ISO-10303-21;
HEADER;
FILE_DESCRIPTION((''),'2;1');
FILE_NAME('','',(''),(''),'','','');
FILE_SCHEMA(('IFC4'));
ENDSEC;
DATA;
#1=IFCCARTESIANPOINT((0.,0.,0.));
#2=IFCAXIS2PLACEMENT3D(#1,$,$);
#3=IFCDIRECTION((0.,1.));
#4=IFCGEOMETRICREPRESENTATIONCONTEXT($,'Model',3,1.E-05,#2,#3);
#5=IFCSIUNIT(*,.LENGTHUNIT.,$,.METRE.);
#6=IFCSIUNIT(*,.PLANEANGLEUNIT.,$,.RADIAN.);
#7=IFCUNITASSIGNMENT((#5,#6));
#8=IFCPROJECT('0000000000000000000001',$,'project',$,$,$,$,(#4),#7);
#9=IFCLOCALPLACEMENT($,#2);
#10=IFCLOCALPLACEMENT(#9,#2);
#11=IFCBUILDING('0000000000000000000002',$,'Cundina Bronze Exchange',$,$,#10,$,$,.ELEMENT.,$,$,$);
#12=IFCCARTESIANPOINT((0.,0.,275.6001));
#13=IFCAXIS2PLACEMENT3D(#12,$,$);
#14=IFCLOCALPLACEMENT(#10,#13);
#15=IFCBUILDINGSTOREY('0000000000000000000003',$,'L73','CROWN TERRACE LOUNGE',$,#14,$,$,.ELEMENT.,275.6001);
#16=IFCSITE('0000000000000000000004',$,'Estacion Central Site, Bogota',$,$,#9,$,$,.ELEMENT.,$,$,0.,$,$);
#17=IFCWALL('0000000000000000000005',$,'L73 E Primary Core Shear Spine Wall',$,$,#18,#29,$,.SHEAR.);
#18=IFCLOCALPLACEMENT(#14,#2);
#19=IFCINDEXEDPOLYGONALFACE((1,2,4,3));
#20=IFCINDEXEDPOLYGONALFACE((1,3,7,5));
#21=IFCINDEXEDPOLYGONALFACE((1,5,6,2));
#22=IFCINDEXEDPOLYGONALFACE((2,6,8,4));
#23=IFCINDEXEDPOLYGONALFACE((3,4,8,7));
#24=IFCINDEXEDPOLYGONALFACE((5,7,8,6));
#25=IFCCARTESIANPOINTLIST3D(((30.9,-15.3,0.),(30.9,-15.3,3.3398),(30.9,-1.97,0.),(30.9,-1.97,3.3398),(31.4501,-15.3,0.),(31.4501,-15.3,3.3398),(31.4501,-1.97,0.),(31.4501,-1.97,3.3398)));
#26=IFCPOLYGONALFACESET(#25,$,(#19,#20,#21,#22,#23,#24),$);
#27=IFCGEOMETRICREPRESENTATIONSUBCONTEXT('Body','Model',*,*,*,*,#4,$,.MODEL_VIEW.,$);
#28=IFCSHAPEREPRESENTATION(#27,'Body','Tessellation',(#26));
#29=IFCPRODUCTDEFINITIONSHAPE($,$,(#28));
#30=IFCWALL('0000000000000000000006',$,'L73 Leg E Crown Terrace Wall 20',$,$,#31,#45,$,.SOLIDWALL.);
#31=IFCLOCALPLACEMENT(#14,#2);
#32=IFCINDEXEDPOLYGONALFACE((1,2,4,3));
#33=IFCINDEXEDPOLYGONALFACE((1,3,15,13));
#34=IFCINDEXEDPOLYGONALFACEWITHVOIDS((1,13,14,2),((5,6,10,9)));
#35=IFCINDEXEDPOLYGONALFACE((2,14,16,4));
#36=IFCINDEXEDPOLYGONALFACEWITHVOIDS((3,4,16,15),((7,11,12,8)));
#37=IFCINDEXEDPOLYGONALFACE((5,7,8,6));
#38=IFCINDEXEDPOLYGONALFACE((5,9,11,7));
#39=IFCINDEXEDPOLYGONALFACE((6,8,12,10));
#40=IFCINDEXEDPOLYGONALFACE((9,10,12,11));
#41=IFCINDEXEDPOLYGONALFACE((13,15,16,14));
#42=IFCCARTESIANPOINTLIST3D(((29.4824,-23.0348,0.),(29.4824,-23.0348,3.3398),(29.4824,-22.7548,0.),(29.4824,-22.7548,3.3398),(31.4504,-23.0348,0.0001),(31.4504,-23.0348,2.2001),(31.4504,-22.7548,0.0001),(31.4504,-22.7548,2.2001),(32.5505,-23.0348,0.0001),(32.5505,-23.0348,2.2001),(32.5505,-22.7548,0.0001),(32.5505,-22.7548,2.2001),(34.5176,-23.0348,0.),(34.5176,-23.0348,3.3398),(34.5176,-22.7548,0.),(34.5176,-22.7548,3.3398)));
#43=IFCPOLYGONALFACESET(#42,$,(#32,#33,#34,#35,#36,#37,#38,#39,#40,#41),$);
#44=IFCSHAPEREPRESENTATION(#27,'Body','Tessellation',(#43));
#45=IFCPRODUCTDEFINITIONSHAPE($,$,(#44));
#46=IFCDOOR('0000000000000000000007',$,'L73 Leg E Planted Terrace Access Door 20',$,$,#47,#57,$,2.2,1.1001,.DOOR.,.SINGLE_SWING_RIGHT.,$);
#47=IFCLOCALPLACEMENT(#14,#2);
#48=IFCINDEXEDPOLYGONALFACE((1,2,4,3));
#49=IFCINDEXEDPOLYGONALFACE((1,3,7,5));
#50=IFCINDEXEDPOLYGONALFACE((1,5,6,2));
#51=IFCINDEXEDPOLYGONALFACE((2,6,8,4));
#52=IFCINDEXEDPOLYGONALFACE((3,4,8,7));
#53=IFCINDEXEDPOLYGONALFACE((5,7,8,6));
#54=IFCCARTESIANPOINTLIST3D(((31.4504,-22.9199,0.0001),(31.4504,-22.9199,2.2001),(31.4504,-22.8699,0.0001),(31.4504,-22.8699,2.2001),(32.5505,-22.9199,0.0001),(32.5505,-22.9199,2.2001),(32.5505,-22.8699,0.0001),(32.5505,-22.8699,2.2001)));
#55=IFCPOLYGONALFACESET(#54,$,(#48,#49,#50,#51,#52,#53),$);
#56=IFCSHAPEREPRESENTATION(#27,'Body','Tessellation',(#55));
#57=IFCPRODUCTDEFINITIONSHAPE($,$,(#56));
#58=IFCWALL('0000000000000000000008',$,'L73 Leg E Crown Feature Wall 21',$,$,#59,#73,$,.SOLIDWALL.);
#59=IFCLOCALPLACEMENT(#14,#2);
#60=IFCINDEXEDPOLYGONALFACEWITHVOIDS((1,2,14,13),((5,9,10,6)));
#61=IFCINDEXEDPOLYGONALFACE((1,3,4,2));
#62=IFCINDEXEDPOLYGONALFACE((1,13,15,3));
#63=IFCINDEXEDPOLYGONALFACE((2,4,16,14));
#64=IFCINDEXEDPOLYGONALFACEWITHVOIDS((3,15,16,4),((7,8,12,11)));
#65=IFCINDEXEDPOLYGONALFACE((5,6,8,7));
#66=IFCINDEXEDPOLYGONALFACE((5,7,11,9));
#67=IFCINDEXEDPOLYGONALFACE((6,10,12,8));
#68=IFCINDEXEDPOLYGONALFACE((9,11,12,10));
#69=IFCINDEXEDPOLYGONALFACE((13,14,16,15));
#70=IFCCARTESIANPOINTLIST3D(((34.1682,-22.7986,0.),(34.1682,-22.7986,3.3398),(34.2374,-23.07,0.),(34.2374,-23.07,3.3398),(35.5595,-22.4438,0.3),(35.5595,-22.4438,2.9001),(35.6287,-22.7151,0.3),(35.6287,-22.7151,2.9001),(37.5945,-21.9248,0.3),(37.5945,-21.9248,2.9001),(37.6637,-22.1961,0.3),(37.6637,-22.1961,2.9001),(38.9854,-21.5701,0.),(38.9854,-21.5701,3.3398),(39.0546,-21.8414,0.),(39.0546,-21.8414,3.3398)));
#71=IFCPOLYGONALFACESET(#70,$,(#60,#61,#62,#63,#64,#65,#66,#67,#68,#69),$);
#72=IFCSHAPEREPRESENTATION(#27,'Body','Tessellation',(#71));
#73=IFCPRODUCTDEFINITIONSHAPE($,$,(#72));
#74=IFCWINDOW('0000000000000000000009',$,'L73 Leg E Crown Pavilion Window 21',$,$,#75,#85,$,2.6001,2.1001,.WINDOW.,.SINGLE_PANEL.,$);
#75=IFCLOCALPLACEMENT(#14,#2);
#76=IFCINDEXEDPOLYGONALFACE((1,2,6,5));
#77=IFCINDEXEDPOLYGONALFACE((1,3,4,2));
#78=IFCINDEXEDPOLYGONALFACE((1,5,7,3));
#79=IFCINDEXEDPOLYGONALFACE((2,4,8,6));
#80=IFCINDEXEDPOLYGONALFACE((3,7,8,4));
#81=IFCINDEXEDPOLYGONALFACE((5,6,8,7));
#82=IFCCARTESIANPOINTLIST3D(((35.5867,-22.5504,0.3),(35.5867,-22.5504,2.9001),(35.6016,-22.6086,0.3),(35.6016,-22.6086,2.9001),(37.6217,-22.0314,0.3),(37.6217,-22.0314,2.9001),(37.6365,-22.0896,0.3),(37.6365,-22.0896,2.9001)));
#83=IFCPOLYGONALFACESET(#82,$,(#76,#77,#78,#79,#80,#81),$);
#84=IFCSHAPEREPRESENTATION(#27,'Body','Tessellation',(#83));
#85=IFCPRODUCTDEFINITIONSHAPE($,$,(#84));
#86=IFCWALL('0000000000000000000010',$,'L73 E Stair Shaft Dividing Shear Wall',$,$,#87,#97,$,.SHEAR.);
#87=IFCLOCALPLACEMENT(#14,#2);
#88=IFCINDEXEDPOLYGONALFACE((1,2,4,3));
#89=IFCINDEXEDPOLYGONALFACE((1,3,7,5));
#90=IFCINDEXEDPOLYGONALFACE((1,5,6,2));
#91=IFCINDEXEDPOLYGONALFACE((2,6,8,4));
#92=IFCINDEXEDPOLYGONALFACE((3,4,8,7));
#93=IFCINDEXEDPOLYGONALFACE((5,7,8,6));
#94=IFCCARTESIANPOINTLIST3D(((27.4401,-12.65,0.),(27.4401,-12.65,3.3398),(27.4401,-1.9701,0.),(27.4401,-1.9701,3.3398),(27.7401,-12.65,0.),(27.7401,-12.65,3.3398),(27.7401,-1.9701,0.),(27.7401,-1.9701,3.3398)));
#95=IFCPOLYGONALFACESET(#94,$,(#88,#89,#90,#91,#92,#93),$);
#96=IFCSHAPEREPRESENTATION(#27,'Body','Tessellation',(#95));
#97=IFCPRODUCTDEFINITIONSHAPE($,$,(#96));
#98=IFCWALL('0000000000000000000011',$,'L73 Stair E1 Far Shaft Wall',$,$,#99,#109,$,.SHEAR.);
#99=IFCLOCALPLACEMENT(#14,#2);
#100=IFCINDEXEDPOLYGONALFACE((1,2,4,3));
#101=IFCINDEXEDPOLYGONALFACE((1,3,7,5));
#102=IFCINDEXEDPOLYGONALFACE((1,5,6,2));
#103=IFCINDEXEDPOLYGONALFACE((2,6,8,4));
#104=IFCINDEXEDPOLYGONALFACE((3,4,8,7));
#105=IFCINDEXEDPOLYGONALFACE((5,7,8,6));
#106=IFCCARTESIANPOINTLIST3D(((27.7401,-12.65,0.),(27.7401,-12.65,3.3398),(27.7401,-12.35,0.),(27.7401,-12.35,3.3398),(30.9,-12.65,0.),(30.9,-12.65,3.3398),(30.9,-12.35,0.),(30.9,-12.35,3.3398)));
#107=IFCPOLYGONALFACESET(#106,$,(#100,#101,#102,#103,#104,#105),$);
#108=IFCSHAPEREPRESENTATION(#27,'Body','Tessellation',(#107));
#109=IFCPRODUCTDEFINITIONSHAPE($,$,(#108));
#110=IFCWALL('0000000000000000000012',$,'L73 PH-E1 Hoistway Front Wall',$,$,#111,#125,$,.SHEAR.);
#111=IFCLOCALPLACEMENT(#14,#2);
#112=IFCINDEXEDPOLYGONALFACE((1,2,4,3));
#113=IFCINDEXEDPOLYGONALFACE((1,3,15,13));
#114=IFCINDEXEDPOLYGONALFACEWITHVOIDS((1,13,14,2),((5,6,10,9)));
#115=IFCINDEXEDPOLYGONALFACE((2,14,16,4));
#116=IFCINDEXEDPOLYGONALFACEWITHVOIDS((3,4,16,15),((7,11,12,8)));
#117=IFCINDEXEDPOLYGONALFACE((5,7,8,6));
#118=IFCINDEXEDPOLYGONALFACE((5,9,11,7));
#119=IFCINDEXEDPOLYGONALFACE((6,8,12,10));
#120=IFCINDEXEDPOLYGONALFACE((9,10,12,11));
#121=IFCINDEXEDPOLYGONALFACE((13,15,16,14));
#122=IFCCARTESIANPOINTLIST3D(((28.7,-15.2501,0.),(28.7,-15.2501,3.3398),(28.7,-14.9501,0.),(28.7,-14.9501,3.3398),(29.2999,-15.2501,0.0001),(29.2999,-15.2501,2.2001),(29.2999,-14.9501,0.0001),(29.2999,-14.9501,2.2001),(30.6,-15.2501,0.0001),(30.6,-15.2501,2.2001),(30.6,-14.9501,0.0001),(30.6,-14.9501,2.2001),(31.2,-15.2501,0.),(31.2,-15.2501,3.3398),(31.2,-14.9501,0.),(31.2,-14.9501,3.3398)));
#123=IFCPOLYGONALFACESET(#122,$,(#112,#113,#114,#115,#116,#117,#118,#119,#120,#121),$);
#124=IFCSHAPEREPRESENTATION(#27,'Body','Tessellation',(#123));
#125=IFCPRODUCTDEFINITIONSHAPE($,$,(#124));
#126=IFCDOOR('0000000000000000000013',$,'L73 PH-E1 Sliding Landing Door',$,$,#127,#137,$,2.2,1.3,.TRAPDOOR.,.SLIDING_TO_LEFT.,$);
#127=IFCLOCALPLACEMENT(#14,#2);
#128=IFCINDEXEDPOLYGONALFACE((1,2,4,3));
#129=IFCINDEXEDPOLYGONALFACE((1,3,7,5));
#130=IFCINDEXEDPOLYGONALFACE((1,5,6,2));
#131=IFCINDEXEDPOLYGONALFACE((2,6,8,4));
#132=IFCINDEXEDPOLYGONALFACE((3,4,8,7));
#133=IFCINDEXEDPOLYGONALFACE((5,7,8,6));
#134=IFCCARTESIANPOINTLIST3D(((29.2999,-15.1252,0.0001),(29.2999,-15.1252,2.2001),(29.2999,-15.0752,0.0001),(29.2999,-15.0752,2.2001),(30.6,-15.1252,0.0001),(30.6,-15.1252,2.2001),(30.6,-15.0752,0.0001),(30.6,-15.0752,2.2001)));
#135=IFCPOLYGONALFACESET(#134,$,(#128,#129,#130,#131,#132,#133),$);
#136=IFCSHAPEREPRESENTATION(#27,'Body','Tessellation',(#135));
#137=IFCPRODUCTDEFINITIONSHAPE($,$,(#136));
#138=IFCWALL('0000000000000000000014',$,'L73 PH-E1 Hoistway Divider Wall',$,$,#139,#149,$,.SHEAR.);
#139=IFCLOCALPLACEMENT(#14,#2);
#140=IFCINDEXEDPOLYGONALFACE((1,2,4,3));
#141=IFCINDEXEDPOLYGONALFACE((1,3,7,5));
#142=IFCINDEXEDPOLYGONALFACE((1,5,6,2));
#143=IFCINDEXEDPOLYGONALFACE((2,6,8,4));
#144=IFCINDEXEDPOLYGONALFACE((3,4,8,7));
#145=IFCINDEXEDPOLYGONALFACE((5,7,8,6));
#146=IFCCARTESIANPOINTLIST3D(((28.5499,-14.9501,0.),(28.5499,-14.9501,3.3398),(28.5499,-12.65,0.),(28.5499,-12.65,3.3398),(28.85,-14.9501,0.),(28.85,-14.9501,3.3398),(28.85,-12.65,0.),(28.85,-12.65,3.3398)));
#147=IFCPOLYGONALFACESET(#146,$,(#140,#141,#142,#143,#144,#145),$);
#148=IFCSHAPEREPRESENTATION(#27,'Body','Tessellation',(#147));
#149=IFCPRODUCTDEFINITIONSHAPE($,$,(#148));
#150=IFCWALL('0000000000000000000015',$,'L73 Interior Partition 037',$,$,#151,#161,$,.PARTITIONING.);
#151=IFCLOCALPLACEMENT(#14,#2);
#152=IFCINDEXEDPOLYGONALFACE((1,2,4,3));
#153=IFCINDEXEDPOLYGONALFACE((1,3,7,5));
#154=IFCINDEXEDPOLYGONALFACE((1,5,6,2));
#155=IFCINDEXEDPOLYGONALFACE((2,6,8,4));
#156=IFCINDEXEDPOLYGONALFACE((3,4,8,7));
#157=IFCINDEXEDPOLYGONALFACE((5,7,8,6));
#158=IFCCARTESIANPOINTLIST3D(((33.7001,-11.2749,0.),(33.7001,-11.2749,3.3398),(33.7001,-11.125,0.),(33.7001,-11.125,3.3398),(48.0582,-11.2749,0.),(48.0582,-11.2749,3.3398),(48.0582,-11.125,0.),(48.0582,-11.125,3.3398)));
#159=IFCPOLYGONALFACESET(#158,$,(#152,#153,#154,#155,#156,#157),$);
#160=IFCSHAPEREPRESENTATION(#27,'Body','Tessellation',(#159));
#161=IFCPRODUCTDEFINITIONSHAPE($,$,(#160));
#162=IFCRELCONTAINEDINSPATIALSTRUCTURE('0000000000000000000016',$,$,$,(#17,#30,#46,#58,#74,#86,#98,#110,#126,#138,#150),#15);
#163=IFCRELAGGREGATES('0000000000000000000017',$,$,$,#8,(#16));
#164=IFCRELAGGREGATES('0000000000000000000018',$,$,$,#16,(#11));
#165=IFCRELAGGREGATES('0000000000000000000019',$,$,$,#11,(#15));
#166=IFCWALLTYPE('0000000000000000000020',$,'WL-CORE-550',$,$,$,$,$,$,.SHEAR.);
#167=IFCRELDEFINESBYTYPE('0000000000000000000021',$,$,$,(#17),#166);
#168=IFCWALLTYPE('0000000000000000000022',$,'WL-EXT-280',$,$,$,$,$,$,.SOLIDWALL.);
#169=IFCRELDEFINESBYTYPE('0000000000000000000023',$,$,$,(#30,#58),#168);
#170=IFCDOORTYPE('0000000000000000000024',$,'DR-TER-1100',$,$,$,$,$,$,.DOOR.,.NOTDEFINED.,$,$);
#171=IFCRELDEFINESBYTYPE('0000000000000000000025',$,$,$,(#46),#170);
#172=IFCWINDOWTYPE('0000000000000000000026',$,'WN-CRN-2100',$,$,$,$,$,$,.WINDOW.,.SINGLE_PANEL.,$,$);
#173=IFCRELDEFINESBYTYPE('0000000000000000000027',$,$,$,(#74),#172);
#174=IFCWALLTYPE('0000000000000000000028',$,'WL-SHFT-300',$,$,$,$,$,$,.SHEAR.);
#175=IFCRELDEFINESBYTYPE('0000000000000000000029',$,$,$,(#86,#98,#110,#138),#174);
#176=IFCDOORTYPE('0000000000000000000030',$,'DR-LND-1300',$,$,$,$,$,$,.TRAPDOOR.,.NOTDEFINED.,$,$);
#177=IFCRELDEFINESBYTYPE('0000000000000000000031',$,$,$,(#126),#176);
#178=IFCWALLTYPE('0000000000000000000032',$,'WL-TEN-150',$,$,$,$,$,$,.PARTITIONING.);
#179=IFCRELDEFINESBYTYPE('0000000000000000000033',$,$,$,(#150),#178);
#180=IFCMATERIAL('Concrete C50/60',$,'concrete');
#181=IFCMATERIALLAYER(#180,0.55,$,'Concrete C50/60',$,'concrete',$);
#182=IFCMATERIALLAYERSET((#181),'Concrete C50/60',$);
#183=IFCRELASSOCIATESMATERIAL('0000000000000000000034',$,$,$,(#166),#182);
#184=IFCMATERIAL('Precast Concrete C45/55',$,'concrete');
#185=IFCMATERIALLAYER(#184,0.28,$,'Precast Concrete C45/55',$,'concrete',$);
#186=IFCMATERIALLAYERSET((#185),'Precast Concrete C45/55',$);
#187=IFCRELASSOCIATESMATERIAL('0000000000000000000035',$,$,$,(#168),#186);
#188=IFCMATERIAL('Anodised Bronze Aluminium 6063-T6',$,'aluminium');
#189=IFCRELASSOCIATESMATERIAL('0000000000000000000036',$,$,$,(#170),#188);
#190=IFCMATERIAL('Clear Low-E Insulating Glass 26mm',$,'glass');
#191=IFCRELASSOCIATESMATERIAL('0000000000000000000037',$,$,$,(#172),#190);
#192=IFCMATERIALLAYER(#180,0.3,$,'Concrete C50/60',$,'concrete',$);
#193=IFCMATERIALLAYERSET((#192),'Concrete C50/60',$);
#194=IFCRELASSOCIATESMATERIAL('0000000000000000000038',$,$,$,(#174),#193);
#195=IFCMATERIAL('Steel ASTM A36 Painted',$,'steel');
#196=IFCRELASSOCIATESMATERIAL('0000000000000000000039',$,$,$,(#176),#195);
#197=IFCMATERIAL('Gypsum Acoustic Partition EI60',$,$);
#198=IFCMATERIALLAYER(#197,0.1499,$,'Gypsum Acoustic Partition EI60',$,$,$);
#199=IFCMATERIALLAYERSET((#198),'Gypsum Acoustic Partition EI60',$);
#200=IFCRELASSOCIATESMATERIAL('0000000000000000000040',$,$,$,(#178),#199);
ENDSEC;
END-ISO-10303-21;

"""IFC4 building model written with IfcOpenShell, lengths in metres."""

from ifc_helpers import new_model, si_unit, direction, frame, frame_2d, origin, place, context, subcontext, project, spatial, rectangle, extrude, material, layer, layer_set, type_object, element, fill, save


model = new_model("IFC4")

# Units and contexts
model_context = context("Model", 3, precision=1e-05, world=origin(), true_north=direction((0.0, 1.0)))
body_context = subcontext(model_context, "Body", "Model", "MODEL_VIEW")
ifc_project = project(units=[si_unit("LENGTHUNIT", "METRE"), si_unit("PLANEANGLEUNIT", "RADIAN")], contexts=[model_context])

# Site, building, storey
site_placement = place(None, origin())
site = spatial("IfcSite", under=ifc_project, at=site_placement, Name="Estacion Central Site, Bogota", CompositionType="ELEMENT", RefElevation=0.0)
building_placement = place(site_placement, origin())
building = spatial("IfcBuilding", under=site, at=building_placement, Name="Cundina Bronze Exchange", CompositionType="ELEMENT")
storey_placement = place(building_placement, frame((0.0, 0.0, 275.6001)))
storey = spatial("IfcBuildingStorey", under=building, at=storey_placement, Name="L73", Description="CROWN TERRACE LOUNGE", CompositionType="ELEMENT", Elevation=275.6001)

# Shared definitions
ifc_material_1 = material(Name="Anodised Bronze Aluminium 6063-T6", Category="aluminium")

# Wall
ifc_material_2 = material(Name="Concrete C50/60", Category="concrete")
ifc_layer_1 = layer(ifc_material_2, 0.55, Name="Concrete C50/60", Category="concrete")
ifc_layer_set_1 = layer_set([ifc_layer_1], Name="Concrete C50/60")
wall_type_1 = type_object("IfcWallType", Name="WL-CORE-550", PredefinedType="SHEAR", material=ifc_layer_set_1)
wall_1_placement = place(storey_placement, frame((31.175, -15.3, 0.0), z_axis=(0.0, 0.0, 1.0), x_axis=(0.0, 1.0, 0.0)))
element("IfcWall", 1, at=wall_1_placement, inside=storey, type_object=wall_type_1, Name="L73 E Primary Core Shear Spine Wall", PredefinedType="SHEAR", context=body_context, shape_type="SweptSolid", body=[
    extrude(rectangle(XDim=13.3301, YDim=0.55, at=frame_2d((6.665, 0.0))), origin(), (0.0, 0.0, 1.0), 3.3398),
])

# Wall, opening, door
ifc_material_3 = material(Name="Precast Concrete C45/55", Category="concrete")
ifc_layer_2 = layer(ifc_material_3, 0.28, Name="Precast Concrete C45/55", Category="concrete")
ifc_layer_set_2 = layer_set([ifc_layer_2], Name="Precast Concrete C45/55")
wall_type_2 = type_object("IfcWallType", Name="WL-EXT-280", PredefinedType="SOLIDWALL", material=ifc_layer_set_2)
wall_2_placement = place(storey_placement, frame((29.4824, -22.8948, 0.0), z_axis=(0.0, 0.0, 1.0), x_axis=(1.0, 0.0, 0.0)))
wall_2 = element("IfcWall", 2, at=wall_2_placement, inside=storey, type_object=wall_type_2, Name="L73 Leg E Crown Terrace Wall 20", PredefinedType="SOLIDWALL", context=body_context, shape_type="SweptSolid", body=[
    extrude(rectangle(XDim=5.0352, YDim=0.28, at=frame_2d((2.5176, 0.0))), origin(), (0.0, 0.0, 1.0), 3.3398),
])
opening_1_placement = place(wall_2_placement, frame((1.968, 0.0, 0.0)))
opening_1 = element("IfcOpeningElement", 3, at=opening_1_placement, cuts=wall_2, PredefinedType="OPENING", context=body_context, shape_type="SweptSolid", body=[
    extrude(rectangle(XDim=1.1001, YDim=2.2, at=frame_2d((0.55, 1.1001))), frame((0.0, 0.1499, 0.0), z_axis=(0.0, -1.0, 0.0), x_axis=(1.0, 0.0, 0.0)), (0.0, 0.0, 1.0), 0.3),
])
door_type_1 = type_object("IfcDoorType", Name="DR-TER-1100", OperationType="NOTDEFINED", PredefinedType="DOOR", material=ifc_material_1)
door_1_placement = place(opening_1_placement, origin())
door_1 = element("IfcDoor", 4, at=door_1_placement, inside=storey, type_object=door_type_1, Name="L73 Leg E Planted Terrace Access Door 20", OperationType="SINGLE_SWING_RIGHT", OverallHeight=2.2, OverallWidth=1.1001, PredefinedType="DOOR", context=body_context, shape_type="SweptSolid", body=[
    extrude(rectangle(XDim=1.1001, YDim=2.2, at=frame_2d((0.55, 1.1001))), frame((0.0, 0.0249, 0.0), z_axis=(0.0, -1.0, 0.0), x_axis=(1.0, 0.0, 0.0)), (0.0, 0.0, 1.0), 0.05),
])
fill(opening_1, door_1)

# Wall, opening, window
wall_3_placement = place(storey_placement, frame((34.2026, -22.9343, 0.0), z_axis=(0.0, 0.0, 1.0), x_axis=(0.968985, 0.24712, 0.0)))
wall_3 = element("IfcWall", 5, at=wall_3_placement, inside=storey, type_object=wall_type_2, Name="L73 Leg E Crown Feature Wall 21", PredefinedType="SOLIDWALL", context=body_context, shape_type="SweptSolid", body=[
    extrude(rectangle(XDim=4.9714, YDim=0.28, at=frame_2d((2.4858, 0.0))), origin(), (0.0, 0.0, 1.0), 3.3398),
])
opening_2_placement = place(wall_3_placement, frame((1.436, 0.0, 0.3)))
opening_2 = element("IfcOpeningElement", 6, at=opening_2_placement, cuts=wall_3, PredefinedType="OPENING", context=body_context, shape_type="SweptSolid", body=[
    extrude(rectangle(XDim=2.1001, YDim=2.6001, at=frame_2d((1.05, 1.3))), frame((0.0, 0.1499, 0.0), z_axis=(0.0, -1.0, 0.0), x_axis=(1.0, 0.0, 0.0)), (0.0, 0.0, 1.0), 0.3),
])
ifc_material_4 = material(Name="Clear Low-E Insulating Glass 26mm", Category="glass")
window_type = type_object("IfcWindowType", Name="WN-CRN-2100", PartitioningType="SINGLE_PANEL", PredefinedType="WINDOW", material=ifc_material_4)
window_placement = place(opening_2_placement, origin())
window = element("IfcWindow", 7, at=window_placement, inside=storey, type_object=window_type, Name="L73 Leg E Crown Pavilion Window 21", OverallHeight=2.6001, OverallWidth=2.1001, PartitioningType="SINGLE_PANEL", PredefinedType="WINDOW", context=body_context, shape_type="SweptSolid", body=[
    extrude(rectangle(XDim=2.1001, YDim=2.6001, at=frame_2d((1.05, 1.3))), frame((0.0, 0.03, 0.0), z_axis=(0.0, -1.0, 0.0), x_axis=(1.0, 0.0, 0.0)), (0.0, 0.0, 1.0), 0.0601),
])
fill(opening_2, window)

# Walls
ifc_layer_3 = layer(ifc_material_2, 0.3, Name="Concrete C50/60", Category="concrete")
ifc_layer_set_3 = layer_set([ifc_layer_3], Name="Concrete C50/60")
wall_type_3 = type_object("IfcWallType", Name="WL-SHFT-300", PredefinedType="SHEAR", material=ifc_layer_set_3)
wall_4_placement = place(storey_placement, frame((27.5901, -12.6499, 0.0), z_axis=(0.0, 0.0, 1.0), x_axis=(0.0, 1.0, 0.0)))
element("IfcWall", 8, at=wall_4_placement, inside=storey, type_object=wall_type_3, Name="L73 E Stair Shaft Dividing Shear Wall", PredefinedType="SHEAR", context=body_context, shape_type="SweptSolid", body=[
    extrude(rectangle(XDim=10.6799, YDim=0.3, at=frame_2d((5.3398, 0.0))), origin(), (0.0, 0.0, 1.0), 3.3398),
])
wall_5_placement = place(storey_placement, frame((27.74, -12.5, 0.0), z_axis=(0.0, 0.0, 1.0), x_axis=(1.0, 0.0, 0.0)))
element("IfcWall", 9, at=wall_5_placement, inside=storey, type_object=wall_type_3, Name="L73 Stair E1 Far Shaft Wall", PredefinedType="SHEAR", context=body_context, shape_type="SweptSolid", body=[
    extrude(rectangle(XDim=3.1599, YDim=0.3, at=frame_2d((1.5801, 0.0))), origin(), (0.0, 0.0, 1.0), 3.3398),
])

# Wall, opening, door
wall_6_placement = place(storey_placement, frame((28.7, -15.1001, 0.0), z_axis=(0.0, 0.0, 1.0), x_axis=(1.0, 0.0, 0.0)))
wall_6 = element("IfcWall", 10, at=wall_6_placement, inside=storey, type_object=wall_type_3, Name="L73 PH-E1 Hoistway Front Wall", PredefinedType="SHEAR", context=body_context, shape_type="SweptSolid", body=[
    extrude(rectangle(XDim=2.5, YDim=0.3, at=frame_2d((1.25, 0.0))), origin(), (0.0, 0.0, 1.0), 3.3398),
])
opening_3_placement = place(wall_6_placement, frame((0.6001, 0.0, 0.0)))
opening_3 = element("IfcOpeningElement", 11, at=opening_3_placement, cuts=wall_6, PredefinedType="OPENING", context=body_context, shape_type="SweptSolid", body=[
    extrude(rectangle(XDim=1.3, YDim=2.2, at=frame_2d((0.6499, 1.1001))), frame((0.0, 0.1599, 0.0), z_axis=(0.0, -1.0, 0.0), x_axis=(1.0, 0.0, 0.0)), (0.0, 0.0, 1.0), 0.3201),
])
ifc_material_5 = material(Name="Steel ASTM A36 Painted", Category="steel")
door_type_2 = type_object("IfcDoorType", Name="DR-LND-1300", OperationType="NOTDEFINED", PredefinedType="TRAPDOOR", material=ifc_material_5)
door_2_placement = place(opening_3_placement, origin())
door_2 = element("IfcDoor", 12, at=door_2_placement, inside=storey, type_object=door_type_2, Name="L73 PH-E1 Sliding Landing Door", OperationType="SLIDING_TO_LEFT", OverallHeight=2.2, OverallWidth=1.3, PredefinedType="TRAPDOOR", context=body_context, shape_type="SweptSolid", body=[
    extrude(rectangle(XDim=1.3, YDim=2.2, at=frame_2d((0.6499, 1.1001))), frame((0.0, 0.0249, 0.0), z_axis=(0.0, -1.0, 0.0), x_axis=(1.0, 0.0, 0.0)), (0.0, 0.0, 1.0), 0.05),
])
fill(opening_3, door_2)

# Walls
wall_7_placement = place(storey_placement, frame((28.7, -14.95, 0.0), z_axis=(0.0, 0.0, 1.0), x_axis=(0.0, 1.0, 0.0)))
element("IfcWall", 13, at=wall_7_placement, inside=storey, type_object=wall_type_3, Name="L73 PH-E1 Hoistway Divider Wall", PredefinedType="SHEAR", context=body_context, shape_type="SweptSolid", body=[
    extrude(rectangle(XDim=2.3, YDim=0.3, at=frame_2d((1.1499, 0.0))), origin(), (0.0, 0.0, 1.0), 3.3398),
])
ifc_material_6 = material(Name="Gypsum Acoustic Partition EI60")
ifc_layer_4 = layer(ifc_material_6, 0.1499, Name="Gypsum Acoustic Partition EI60")
ifc_layer_set_4 = layer_set([ifc_layer_4], Name="Gypsum Acoustic Partition EI60")
wall_type_4 = type_object("IfcWallType", Name="WL-TEN-150", PredefinedType="PARTITIONING", material=ifc_layer_set_4)
wall_8_placement = place(storey_placement, frame((33.7, -11.2, 0.0), z_axis=(0.0, 0.0, 1.0), x_axis=(1.0, 0.0, 0.0)))
element("IfcWall", 14, at=wall_8_placement, inside=storey, type_object=wall_type_4, Name="L73 Interior Partition 037", PredefinedType="PARTITIONING", context=body_context, shape_type="SweptSolid", body=[
    extrude(rectangle(XDim=14.3582, YDim=0.1499, at=frame_2d((7.1792, 0.0))), origin(), (0.0, 0.0, 1.0), 3.3398),
])

save(model, "model.ifc")
